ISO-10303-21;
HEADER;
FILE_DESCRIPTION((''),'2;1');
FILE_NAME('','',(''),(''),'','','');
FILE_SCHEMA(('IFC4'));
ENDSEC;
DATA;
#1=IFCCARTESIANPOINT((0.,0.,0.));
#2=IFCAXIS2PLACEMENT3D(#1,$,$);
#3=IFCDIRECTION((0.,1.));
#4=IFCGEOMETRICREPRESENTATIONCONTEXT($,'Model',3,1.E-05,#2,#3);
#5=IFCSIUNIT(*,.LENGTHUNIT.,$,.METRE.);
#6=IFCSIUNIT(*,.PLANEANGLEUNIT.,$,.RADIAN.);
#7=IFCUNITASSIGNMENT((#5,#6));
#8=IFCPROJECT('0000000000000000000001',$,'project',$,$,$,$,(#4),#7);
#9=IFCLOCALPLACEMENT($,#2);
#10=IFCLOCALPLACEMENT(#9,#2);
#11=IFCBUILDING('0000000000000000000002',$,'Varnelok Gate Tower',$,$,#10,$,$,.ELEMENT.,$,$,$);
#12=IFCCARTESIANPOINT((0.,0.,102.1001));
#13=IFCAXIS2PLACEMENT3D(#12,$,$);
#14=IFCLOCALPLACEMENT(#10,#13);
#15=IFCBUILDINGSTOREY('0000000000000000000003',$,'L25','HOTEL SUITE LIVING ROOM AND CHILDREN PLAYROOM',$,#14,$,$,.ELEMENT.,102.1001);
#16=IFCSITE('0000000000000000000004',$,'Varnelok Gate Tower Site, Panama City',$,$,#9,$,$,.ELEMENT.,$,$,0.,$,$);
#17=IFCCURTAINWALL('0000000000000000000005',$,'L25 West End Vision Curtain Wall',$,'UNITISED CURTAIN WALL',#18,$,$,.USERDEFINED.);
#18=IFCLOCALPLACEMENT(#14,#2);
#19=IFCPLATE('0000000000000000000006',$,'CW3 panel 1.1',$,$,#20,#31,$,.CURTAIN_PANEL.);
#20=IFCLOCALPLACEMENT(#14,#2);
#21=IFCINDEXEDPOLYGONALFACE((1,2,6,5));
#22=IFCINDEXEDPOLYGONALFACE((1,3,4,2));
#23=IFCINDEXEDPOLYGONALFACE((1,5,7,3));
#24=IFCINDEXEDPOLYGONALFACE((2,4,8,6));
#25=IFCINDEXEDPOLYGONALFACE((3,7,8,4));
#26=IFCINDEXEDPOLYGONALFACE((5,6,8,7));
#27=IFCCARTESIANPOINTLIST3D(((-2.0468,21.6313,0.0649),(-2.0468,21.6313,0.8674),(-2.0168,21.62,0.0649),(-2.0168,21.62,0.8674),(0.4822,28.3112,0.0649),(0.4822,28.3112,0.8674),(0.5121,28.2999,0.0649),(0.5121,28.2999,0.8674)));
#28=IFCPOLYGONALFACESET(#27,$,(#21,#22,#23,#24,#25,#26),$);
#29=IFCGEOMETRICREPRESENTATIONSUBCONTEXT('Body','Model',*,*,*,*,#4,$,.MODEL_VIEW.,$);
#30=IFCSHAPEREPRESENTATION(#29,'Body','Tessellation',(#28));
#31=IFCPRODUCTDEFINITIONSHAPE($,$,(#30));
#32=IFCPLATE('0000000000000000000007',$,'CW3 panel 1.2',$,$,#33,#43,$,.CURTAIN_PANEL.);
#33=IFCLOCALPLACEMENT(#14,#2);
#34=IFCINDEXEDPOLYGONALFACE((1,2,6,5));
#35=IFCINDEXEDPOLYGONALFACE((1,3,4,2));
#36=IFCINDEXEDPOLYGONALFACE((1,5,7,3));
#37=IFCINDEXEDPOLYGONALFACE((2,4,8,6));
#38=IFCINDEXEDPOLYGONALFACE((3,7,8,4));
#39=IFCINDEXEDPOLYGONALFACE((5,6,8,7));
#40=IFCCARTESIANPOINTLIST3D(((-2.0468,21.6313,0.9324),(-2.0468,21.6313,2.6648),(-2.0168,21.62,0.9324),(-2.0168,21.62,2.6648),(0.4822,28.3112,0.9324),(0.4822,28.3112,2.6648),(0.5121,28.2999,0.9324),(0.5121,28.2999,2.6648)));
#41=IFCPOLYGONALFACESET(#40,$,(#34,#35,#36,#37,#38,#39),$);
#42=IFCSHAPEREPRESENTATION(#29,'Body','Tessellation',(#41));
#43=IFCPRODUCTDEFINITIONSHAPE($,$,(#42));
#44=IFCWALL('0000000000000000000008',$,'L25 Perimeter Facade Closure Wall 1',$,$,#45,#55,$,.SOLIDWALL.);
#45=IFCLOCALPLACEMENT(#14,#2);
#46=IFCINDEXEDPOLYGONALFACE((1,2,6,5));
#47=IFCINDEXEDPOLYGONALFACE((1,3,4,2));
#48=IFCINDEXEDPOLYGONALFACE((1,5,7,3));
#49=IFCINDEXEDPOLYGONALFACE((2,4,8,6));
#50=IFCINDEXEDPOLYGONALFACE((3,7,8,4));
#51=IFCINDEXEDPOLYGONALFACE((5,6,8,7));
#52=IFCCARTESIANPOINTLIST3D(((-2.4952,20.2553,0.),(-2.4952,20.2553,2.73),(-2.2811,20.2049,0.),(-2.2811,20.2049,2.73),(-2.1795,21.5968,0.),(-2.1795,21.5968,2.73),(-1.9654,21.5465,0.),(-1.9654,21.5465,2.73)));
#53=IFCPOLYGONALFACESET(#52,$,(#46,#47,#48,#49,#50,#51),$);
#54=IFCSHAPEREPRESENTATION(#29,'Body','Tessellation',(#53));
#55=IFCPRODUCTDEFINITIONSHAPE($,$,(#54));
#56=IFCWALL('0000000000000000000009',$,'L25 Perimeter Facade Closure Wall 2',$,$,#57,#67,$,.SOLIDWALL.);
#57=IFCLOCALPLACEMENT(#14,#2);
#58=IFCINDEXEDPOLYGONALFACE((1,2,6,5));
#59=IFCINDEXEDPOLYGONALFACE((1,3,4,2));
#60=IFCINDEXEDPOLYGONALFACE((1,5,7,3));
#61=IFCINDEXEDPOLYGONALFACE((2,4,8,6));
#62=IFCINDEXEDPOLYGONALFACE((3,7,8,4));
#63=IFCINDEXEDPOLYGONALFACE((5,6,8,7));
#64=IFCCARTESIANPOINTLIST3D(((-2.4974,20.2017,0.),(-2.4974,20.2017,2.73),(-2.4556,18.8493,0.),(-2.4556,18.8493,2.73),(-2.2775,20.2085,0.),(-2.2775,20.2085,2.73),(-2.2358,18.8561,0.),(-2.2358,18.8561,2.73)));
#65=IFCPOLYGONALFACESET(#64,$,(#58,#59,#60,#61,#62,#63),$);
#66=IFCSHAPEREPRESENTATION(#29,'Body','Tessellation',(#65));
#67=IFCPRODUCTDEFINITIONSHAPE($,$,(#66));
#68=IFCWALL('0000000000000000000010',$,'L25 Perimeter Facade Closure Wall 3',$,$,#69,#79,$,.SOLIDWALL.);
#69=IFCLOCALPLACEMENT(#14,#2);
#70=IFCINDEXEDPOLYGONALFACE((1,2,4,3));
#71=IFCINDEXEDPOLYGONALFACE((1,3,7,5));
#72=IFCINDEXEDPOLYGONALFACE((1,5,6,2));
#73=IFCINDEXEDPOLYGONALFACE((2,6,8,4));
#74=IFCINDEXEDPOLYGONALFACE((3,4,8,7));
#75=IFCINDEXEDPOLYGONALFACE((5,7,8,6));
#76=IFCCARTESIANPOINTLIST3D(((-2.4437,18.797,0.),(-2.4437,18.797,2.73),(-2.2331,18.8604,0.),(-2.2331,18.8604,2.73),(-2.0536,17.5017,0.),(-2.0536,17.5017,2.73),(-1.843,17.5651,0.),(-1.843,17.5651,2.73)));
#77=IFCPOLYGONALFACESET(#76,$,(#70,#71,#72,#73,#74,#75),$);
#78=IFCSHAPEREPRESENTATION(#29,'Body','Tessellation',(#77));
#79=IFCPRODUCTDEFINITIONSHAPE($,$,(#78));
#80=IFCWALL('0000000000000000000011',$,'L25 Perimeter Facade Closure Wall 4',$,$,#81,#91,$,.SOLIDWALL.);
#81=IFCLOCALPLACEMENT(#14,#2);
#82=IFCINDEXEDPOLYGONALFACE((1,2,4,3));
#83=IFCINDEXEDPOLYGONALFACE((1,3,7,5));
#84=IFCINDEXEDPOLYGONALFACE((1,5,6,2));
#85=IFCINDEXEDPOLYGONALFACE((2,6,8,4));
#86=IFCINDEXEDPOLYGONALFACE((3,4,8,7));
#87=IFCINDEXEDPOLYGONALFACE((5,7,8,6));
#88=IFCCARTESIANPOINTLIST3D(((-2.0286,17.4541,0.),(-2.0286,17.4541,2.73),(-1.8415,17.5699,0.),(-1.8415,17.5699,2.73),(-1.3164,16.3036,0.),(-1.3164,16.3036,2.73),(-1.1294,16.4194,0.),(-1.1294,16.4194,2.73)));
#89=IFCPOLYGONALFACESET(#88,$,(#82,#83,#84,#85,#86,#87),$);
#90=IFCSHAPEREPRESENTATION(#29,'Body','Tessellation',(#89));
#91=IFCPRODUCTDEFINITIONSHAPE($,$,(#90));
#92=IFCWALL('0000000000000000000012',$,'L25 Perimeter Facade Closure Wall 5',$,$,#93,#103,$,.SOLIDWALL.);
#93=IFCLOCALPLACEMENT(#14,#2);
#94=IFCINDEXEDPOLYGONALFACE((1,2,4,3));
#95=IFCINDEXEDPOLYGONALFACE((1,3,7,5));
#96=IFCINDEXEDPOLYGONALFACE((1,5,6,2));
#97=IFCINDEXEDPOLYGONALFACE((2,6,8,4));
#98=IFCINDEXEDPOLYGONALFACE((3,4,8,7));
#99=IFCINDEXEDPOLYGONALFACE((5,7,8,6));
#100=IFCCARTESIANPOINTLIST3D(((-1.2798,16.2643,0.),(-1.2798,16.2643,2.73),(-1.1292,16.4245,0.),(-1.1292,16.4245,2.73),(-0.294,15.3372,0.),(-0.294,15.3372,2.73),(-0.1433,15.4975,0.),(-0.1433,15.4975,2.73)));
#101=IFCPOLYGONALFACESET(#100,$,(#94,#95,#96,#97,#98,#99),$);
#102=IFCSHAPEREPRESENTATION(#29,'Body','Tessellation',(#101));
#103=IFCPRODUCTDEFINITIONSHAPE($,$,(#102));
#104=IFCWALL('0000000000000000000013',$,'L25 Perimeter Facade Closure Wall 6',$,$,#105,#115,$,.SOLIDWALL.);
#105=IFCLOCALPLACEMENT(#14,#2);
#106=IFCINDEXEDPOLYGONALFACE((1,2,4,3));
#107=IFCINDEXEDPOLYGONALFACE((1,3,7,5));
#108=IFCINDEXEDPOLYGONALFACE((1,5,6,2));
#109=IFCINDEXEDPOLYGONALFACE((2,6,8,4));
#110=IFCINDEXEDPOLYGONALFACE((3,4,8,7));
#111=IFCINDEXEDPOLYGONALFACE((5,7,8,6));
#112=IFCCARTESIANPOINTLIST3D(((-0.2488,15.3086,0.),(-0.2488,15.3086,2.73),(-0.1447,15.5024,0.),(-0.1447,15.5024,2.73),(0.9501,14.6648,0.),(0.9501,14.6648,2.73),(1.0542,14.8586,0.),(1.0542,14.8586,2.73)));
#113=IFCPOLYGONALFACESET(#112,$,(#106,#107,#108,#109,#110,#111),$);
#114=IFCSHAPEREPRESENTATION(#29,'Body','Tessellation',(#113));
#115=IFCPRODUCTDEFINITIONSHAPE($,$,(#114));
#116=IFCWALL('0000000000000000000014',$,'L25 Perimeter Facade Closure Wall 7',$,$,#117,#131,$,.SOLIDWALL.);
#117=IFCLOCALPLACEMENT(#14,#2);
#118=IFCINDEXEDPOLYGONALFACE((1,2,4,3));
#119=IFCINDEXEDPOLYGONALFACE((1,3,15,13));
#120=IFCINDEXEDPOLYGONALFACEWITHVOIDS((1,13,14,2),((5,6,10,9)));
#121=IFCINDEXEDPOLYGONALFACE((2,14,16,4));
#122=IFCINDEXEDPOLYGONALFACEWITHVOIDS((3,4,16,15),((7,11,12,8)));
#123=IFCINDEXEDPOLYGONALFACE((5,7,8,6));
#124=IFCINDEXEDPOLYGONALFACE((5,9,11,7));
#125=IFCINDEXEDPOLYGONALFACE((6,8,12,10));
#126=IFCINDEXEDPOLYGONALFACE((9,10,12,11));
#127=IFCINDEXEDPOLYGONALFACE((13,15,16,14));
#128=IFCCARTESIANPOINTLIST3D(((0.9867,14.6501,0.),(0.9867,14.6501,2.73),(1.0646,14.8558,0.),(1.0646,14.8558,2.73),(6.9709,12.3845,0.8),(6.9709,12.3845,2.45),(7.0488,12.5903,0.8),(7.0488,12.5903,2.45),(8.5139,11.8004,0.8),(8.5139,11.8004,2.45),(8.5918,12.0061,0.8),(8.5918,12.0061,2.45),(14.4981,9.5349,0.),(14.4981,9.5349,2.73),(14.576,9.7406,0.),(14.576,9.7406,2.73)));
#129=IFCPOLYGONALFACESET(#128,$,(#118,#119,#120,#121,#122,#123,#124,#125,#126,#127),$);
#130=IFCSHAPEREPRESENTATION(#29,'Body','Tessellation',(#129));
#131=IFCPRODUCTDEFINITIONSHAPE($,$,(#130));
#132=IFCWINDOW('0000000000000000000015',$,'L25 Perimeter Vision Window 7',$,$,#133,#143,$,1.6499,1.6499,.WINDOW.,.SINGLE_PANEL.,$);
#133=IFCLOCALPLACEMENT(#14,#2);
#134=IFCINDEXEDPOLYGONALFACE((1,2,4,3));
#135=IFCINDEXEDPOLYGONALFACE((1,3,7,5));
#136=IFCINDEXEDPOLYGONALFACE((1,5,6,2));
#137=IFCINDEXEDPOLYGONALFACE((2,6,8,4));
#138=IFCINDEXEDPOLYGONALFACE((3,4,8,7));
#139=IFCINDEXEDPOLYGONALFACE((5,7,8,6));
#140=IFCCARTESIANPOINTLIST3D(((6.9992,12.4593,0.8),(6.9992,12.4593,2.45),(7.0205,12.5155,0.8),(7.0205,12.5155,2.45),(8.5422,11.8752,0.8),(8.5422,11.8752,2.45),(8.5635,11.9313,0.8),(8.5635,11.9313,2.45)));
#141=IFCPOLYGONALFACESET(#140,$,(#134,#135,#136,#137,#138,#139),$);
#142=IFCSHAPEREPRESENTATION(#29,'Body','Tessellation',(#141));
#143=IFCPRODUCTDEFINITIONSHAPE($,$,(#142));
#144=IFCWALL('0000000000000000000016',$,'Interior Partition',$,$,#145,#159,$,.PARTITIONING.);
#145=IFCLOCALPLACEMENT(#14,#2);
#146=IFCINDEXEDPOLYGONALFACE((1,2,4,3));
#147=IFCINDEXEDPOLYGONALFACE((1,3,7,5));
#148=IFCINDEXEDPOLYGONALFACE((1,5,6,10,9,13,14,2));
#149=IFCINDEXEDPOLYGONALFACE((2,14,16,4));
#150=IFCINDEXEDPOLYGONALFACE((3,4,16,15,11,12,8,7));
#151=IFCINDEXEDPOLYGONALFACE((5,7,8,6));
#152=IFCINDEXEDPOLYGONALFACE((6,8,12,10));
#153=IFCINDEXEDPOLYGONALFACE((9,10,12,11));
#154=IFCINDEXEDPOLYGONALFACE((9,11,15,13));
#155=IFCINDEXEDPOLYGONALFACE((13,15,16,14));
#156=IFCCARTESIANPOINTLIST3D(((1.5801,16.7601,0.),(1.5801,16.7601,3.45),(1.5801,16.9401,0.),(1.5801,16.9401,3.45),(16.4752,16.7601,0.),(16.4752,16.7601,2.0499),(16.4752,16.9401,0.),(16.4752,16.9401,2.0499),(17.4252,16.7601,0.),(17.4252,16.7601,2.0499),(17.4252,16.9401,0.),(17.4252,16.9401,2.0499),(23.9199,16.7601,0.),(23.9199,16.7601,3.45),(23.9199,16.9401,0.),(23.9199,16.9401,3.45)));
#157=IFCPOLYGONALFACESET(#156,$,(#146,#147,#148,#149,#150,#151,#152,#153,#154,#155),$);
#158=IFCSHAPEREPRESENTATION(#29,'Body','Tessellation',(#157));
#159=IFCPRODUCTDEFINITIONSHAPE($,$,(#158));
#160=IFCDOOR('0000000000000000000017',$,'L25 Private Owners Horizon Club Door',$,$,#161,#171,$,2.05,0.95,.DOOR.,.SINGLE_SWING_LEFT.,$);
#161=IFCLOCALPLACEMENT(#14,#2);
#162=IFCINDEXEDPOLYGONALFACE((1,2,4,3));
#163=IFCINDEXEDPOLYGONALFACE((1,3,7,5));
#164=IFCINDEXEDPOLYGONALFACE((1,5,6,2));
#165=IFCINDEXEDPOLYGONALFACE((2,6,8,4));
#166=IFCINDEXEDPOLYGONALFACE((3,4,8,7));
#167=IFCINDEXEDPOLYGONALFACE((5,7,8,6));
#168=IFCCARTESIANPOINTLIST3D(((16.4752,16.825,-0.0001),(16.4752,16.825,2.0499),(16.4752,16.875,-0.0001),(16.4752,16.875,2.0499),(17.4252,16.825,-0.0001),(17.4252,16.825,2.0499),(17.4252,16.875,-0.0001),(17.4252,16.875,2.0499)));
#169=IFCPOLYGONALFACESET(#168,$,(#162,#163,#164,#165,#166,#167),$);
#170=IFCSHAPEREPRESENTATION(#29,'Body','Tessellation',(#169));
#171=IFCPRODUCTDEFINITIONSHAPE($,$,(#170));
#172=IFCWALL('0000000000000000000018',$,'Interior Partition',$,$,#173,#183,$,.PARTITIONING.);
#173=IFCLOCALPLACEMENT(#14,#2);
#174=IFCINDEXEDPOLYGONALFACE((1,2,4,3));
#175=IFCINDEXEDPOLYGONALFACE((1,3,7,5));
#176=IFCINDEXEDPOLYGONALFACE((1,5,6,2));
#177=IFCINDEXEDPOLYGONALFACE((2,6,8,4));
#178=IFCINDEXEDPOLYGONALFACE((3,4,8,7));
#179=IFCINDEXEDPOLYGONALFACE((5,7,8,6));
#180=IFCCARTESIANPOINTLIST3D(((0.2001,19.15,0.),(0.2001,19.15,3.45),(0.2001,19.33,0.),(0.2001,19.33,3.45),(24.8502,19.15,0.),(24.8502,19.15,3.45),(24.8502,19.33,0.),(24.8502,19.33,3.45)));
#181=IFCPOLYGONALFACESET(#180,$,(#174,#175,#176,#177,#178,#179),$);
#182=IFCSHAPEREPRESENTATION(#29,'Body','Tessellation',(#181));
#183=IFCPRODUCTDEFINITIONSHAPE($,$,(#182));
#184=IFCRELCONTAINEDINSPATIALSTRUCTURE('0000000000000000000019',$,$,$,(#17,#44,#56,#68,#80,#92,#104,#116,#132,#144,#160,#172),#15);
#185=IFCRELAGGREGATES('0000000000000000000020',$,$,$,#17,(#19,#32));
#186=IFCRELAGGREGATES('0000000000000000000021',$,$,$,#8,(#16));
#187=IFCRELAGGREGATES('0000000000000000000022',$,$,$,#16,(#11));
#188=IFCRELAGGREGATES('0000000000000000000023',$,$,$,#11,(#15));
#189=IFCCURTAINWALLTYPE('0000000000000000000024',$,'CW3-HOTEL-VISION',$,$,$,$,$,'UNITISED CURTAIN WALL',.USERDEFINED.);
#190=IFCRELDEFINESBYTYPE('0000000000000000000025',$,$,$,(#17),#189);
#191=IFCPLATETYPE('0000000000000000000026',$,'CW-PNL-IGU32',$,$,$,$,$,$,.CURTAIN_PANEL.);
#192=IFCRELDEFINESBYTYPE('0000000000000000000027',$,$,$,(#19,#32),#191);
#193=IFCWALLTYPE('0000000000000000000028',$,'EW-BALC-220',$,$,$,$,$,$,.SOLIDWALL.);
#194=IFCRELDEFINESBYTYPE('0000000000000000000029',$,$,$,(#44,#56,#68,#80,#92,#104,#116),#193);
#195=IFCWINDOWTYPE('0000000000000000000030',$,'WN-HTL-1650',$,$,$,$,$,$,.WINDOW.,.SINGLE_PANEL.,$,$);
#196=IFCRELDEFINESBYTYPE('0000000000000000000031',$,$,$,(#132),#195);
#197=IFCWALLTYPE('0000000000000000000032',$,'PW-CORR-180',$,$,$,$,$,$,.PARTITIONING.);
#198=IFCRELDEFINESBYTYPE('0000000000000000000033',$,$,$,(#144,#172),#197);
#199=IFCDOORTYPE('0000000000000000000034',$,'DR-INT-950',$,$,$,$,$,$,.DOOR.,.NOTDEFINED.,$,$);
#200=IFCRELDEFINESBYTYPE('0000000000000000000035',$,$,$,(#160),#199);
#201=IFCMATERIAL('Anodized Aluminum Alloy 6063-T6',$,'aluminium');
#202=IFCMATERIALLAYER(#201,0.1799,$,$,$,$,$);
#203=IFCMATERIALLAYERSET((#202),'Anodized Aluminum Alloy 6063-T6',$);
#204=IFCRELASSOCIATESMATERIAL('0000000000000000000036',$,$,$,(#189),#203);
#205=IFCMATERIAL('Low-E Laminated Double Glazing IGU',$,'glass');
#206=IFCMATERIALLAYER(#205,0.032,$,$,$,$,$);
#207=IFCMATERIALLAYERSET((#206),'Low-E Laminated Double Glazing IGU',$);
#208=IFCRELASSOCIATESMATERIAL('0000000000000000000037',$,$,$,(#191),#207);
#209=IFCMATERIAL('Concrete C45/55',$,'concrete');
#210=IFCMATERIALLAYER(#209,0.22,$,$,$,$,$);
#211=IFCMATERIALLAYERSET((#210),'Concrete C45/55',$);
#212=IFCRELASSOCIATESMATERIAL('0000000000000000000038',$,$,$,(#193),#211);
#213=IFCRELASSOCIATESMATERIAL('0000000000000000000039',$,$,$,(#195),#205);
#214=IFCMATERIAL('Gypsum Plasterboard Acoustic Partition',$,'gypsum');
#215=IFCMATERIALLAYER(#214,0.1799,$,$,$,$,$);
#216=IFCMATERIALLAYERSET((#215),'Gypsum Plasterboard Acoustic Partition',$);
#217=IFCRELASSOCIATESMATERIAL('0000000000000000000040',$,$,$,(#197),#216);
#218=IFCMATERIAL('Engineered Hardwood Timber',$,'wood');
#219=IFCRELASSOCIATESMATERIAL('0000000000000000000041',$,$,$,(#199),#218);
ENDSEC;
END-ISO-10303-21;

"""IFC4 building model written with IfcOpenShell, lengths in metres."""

from ifc_helpers import new_model, si_unit, direction, frame, frame_2d, origin, origin_2d, place, context, subcontext, project, spatial, rectangle, extrude, source, transform, mapped, material, layer, layer_set, type_object, element, fill, aggregate, save


model = new_model("IFC4")

# Units and contexts
model_context = context("Model", 3, precision=1e-05, world=origin(), true_north=direction((0.0, 1.0)))
body_context = subcontext(model_context, "Body", "Model", "MODEL_VIEW")
ifc_project = project(units=[si_unit("LENGTHUNIT", "METRE"), si_unit("PLANEANGLEUNIT", "RADIAN")], contexts=[model_context])

# Site, building, storey
site_placement = place(None, origin())
site = spatial("IfcSite", under=ifc_project, at=site_placement, Name="Varnelok Gate Tower Site, Panama City", CompositionType="ELEMENT", RefElevation=0.0)
building_placement = place(site_placement, origin())
building = spatial("IfcBuilding", under=site, at=building_placement, Name="Varnelok Gate Tower", CompositionType="ELEMENT")
storey_placement = place(building_placement, frame((0.0, 0.0, 102.1001)))
storey = spatial("IfcBuildingStorey", under=building, at=storey_placement, Name="L25", Description="HOTEL SUITE LIVING ROOM AND CHILDREN PLAYROOM", CompositionType="ELEMENT", Elevation=102.1001)

# Curtain wall, plates
ifc_material_1 = material(Name="Anodized Aluminum Alloy 6063-T6", Category="aluminium")
ifc_layer_1 = layer(ifc_material_1, 0.1799)
ifc_layer_set_1 = layer_set([ifc_layer_1], Name="Anodized Aluminum Alloy 6063-T6")
curtain_wall_type = type_object("IfcCurtainWallType", Name="CW3-HOTEL-VISION", ElementType="UNITISED CURTAIN WALL", PredefinedType="USERDEFINED", material=ifc_layer_set_1)
curtain_wall_placement = place(storey_placement, origin())
curtain_wall = element("IfcCurtainWall", 1, at=curtain_wall_placement, inside=storey, type_object=curtain_wall_type, Name="L25 West End Vision Curtain Wall", ObjectType="UNITISED CURTAIN WALL", PredefinedType="USERDEFINED")
ifc_material_2 = material(Name="Low-E Laminated Double Glazing IGU", Category="glass")
ifc_layer_2 = layer(ifc_material_2, 0.032)
ifc_layer_set_2 = layer_set([ifc_layer_2], Name="Low-E Laminated Double Glazing IGU")
plate_type = type_object("IfcPlateType", Name="CW-PNL-IGU32", PredefinedType="CURTAIN_PANEL", material=ifc_layer_set_2)
shared_shape_1 = source(origin(), body_context, "Body", "SweptSolid", [
    extrude(rectangle(XDim=7.1426, YDim=0.032, at=origin_2d()), origin(), (0.0, 0.0, 1.0), 0.8025),
])
plate_1_placement = place(storey_placement, frame((-0.7673, 24.9656, 0.0649), z_axis=(0.0, 0.0, 1.0), x_axis=(0.354064, 0.935221, 0.0)))
plate_1 = element("IfcPlate", 2, at=plate_1_placement, type_object=plate_type, Name="CW3 panel 1.1", PredefinedType="CURTAIN_PANEL", context=body_context, shape_type="MappedRepresentation", body=[
    mapped(shared_shape_1, transform((0.0, 0.0, 0.0), scale=1.0)),
])
shared_shape_2 = source(origin(), body_context, "Body", "SweptSolid", [
    extrude(rectangle(XDim=7.1426, YDim=0.032, at=origin_2d()), origin(), (0.0, 0.0, 1.0), 1.7324),
])
plate_2_placement = place(storey_placement, frame((-0.7673, 24.9656, 0.9324), z_axis=(0.0, 0.0, 1.0), x_axis=(0.354064, 0.935221, 0.0)))
plate_2 = element("IfcPlate", 3, at=plate_2_placement, type_object=plate_type, Name="CW3 panel 1.2", PredefinedType="CURTAIN_PANEL", context=body_context, shape_type="MappedRepresentation", body=[
    mapped(shared_shape_2, transform((0.0, 0.0, 0.0), scale=1.0)),
])
aggregate(curtain_wall, [plate_1, plate_2])

# Walls
ifc_material_3 = material(Name="Concrete C45/55", Category="concrete")
ifc_layer_3 = layer(ifc_material_3, 0.22)
ifc_layer_set_3 = layer_set([ifc_layer_3], Name="Concrete C45/55")
wall_type_1 = type_object("IfcWallType", Name="EW-BALC-220", PredefinedType="SOLIDWALL", material=ifc_layer_set_3)
wall_1_placement = place(storey_placement, frame((-2.0725, 21.5715, 0.0), z_axis=(0.0, 0.0, 1.0), x_axis=(-0.229049, -0.973415, 0.0)))
element("IfcWall", 4, at=wall_1_placement, inside=storey, type_object=wall_type_1, Name="L25 Perimeter Facade Closure Wall 1", PredefinedType="SOLIDWALL", context=body_context, shape_type="SweptSolid", body=[
    extrude(rectangle(XDim=1.3782, YDim=0.22, at=frame_2d((0.689, 0.0))), origin(), (0.0, 0.0, 1.0), 2.73),
])
wall_2_placement = place(storey_placement, frame((-2.3875, 20.2051, 0.0), z_axis=(0.0, 0.0, 1.0), x_axis=(0.030857, -0.999524, 0.0)))
element("IfcWall", 5, at=wall_2_placement, inside=storey, type_object=wall_type_1, Name="L25 Perimeter Facade Closure Wall 2", PredefinedType="SOLIDWALL", context=body_context, shape_type="SweptSolid", body=[
    extrude(rectangle(XDim=1.353, YDim=0.22, at=frame_2d((0.6765, 0.0))), origin(), (0.0, 0.0, 1.0), 2.73),
])
wall_3_placement = place(storey_placement, frame((-2.3384, 18.8286, 0.0), z_axis=(0.0, 0.0, 1.0), x_axis=(0.288374, -0.957518, 0.0)))
element("IfcWall", 6, at=wall_3_placement, inside=storey, type_object=wall_type_1, Name="L25 Perimeter Facade Closure Wall 3", PredefinedType="SOLIDWALL", context=body_context, shape_type="SweptSolid", body=[
    extrude(rectangle(XDim=1.3528, YDim=0.22, at=frame_2d((0.6763, 0.0))), origin(), (0.0, 0.0, 1.0), 2.73),
])
wall_4_placement = place(storey_placement, frame((-1.9351, 17.512, 0.0), z_axis=(0.0, 0.0, 1.0), x_axis=(0.526361, -0.850261, 0.0)))
element("IfcWall", 7, at=wall_4_placement, inside=storey, type_object=wall_type_1, Name="L25 Perimeter Facade Closure Wall 4", PredefinedType="SOLIDWALL", context=body_context, shape_type="SweptSolid", body=[
    extrude(rectangle(XDim=1.353, YDim=0.22, at=frame_2d((0.6765, 0.0))), origin(), (0.0, 0.0, 1.0), 2.73),
])
wall_5_placement = place(storey_placement, frame((-1.2046, 16.3445, 0.0), z_axis=(0.0, 0.0, 1.0), x_axis=(0.728512, -0.685033, 0.0)))
element("IfcWall", 8, at=wall_5_placement, inside=storey, type_object=wall_type_1, Name="L25 Perimeter Facade Closure Wall 5", PredefinedType="SOLIDWALL", context=body_context, shape_type="SweptSolid", body=[
    extrude(rectangle(XDim=1.3533, YDim=0.22, at=frame_2d((0.6768, 0.0))), origin(), (0.0, 0.0, 1.0), 2.73),
])
wall_6_placement = place(storey_placement, frame((-0.1968, 15.4055, 0.0), z_axis=(0.0, 0.0, 1.0), x_axis=(0.881024, -0.473072, 0.0)))
element("IfcWall", 9, at=wall_6_placement, inside=storey, type_object=wall_type_1, Name="L25 Perimeter Facade Closure Wall 6", PredefinedType="SOLIDWALL", context=body_context, shape_type="SweptSolid", body=[
    extrude(rectangle(XDim=1.3608, YDim=0.22, at=frame_2d((0.6804, 0.0))), origin(), (0.0, 0.0, 1.0), 2.73),
])

# Wall, opening, window
wall_7_placement = place(storey_placement, frame((1.0256, 14.7529, 0.0), z_axis=(0.0, 0.0, 1.0), x_axis=(0.935222, -0.354061, 0.0)))
wall_7 = element("IfcWall", 10, at=wall_7_placement, inside=storey, type_object=wall_type_1, Name="L25 Perimeter Facade Closure Wall 7", PredefinedType="SOLIDWALL", context=body_context, shape_type="SweptSolid", body=[
    extrude(rectangle(XDim=14.4473, YDim=0.22, at=frame_2d((7.2236, 0.0))), origin(), (0.0, 0.0, 1.0), 2.73),
])
opening_1_placement = place(wall_7_placement, frame((6.3987, 0.0, 0.8)))
opening_1 = element("IfcOpeningElement", 11, at=opening_1_placement, cuts=wall_7, PredefinedType="OPENING", context=body_context, shape_type="SweptSolid", body=[
    extrude(rectangle(XDim=1.6499, YDim=1.6499, at=frame_2d((0.825, 0.825))), frame((0.0, 0.1199, 0.0), z_axis=(0.0, -1.0, 0.0), x_axis=(1.0, 0.0, 0.0)), (0.0, 0.0, 1.0), 0.24),
])
window_type = type_object("IfcWindowType", Name="WN-HTL-1650", PartitioningType="SINGLE_PANEL", PredefinedType="WINDOW", material=ifc_material_2)
window_placement = place(opening_1_placement, origin())
window = element("IfcWindow", 12, at=window_placement, inside=storey, type_object=window_type, Name="L25 Perimeter Vision Window 7", OverallHeight=1.6499, OverallWidth=1.6499, PartitioningType="SINGLE_PANEL", PredefinedType="WINDOW", context=body_context, shape_type="SweptSolid", body=[
    extrude(rectangle(XDim=1.6499, YDim=1.6499, at=frame_2d((0.825, 0.825))), frame((0.0, 0.03, 0.0), z_axis=(0.0, -1.0, 0.0), x_axis=(1.0, 0.0, 0.0)), (0.0, 0.0, 1.0), 0.0601),
])
fill(opening_1, window)

# Wall, opening, door
ifc_material_4 = material(Name="Gypsum Plasterboard Acoustic Partition", Category="gypsum")
ifc_layer_4 = layer(ifc_material_4, 0.1799)
ifc_layer_set_4 = layer_set([ifc_layer_4], Name="Gypsum Plasterboard Acoustic Partition")
wall_type_2 = type_object("IfcWallType", Name="PW-CORR-180", PredefinedType="PARTITIONING", material=ifc_layer_set_4)
wall_8_placement = place(storey_placement, frame((1.5801, 16.8501, 0.0), z_axis=(0.0, 0.0, 1.0), x_axis=(1.0, 0.0, 0.0)))
wall_8 = element("IfcWall", 13, at=wall_8_placement, inside=storey, type_object=wall_type_2, Name="Interior Partition", PredefinedType="PARTITIONING", context=body_context, shape_type="SweptSolid", body=[
    extrude(rectangle(XDim=22.3398, YDim=0.1799, at=frame_2d((11.1699, 0.0))), origin(), (0.0, 0.0, 1.0), 3.45),
])
opening_2_placement = place(wall_8_placement, frame((14.895, 0.0, 0.0)))
opening_2 = element("IfcOpeningElement", 14, at=opening_2_placement, cuts=wall_8, PredefinedType="OPENING", context=body_context, shape_type="SweptSolid", body=[
    extrude(rectangle(XDim=0.95, YDim=2.05, at=frame_2d((0.4751, 1.0249))), frame((0.0, 0.0999, 0.0), z_axis=(0.0, -1.0, 0.0), x_axis=(1.0, 0.0, 0.0)), (0.0, 0.0, 1.0), 0.2),
])
ifc_material_5 = material(Name="Engineered Hardwood Timber", Category="wood")
door_type = type_object("IfcDoorType", Name="DR-INT-950", OperationType="NOTDEFINED", PredefinedType="DOOR", material=ifc_material_5)
door_placement = place(opening_2_placement, origin())
door = element("IfcDoor", 15, at=door_placement, inside=storey, type_object=door_type, Name="L25 Private Owners Horizon Club Door", OperationType="SINGLE_SWING_LEFT", OverallHeight=2.05, OverallWidth=0.95, PredefinedType="DOOR", context=body_context, shape_type="SweptSolid", body=[
    extrude(rectangle(XDim=0.95, YDim=2.05, at=frame_2d((0.4751, 1.0249))), frame((0.0, 0.0249, 0.0), z_axis=(0.0, -1.0, 0.0), x_axis=(1.0, 0.0, 0.0)), (0.0, 0.0, 1.0), 0.05),
])
fill(opening_2, door)

# Wall
wall_9_placement = place(storey_placement, frame((0.2, 19.24, 0.0), z_axis=(0.0, 0.0, 1.0), x_axis=(1.0, 0.0, 0.0)))
element("IfcWall", 16, at=wall_9_placement, inside=storey, type_object=wall_type_2, Name="Interior Partition", PredefinedType="PARTITIONING", context=body_context, shape_type="SweptSolid", body=[
    extrude(rectangle(XDim=24.6501, YDim=0.1799, at=frame_2d((12.3252, 0.0))), origin(), (0.0, 0.0, 1.0), 3.45),
])

save(model, "model.ifc")
